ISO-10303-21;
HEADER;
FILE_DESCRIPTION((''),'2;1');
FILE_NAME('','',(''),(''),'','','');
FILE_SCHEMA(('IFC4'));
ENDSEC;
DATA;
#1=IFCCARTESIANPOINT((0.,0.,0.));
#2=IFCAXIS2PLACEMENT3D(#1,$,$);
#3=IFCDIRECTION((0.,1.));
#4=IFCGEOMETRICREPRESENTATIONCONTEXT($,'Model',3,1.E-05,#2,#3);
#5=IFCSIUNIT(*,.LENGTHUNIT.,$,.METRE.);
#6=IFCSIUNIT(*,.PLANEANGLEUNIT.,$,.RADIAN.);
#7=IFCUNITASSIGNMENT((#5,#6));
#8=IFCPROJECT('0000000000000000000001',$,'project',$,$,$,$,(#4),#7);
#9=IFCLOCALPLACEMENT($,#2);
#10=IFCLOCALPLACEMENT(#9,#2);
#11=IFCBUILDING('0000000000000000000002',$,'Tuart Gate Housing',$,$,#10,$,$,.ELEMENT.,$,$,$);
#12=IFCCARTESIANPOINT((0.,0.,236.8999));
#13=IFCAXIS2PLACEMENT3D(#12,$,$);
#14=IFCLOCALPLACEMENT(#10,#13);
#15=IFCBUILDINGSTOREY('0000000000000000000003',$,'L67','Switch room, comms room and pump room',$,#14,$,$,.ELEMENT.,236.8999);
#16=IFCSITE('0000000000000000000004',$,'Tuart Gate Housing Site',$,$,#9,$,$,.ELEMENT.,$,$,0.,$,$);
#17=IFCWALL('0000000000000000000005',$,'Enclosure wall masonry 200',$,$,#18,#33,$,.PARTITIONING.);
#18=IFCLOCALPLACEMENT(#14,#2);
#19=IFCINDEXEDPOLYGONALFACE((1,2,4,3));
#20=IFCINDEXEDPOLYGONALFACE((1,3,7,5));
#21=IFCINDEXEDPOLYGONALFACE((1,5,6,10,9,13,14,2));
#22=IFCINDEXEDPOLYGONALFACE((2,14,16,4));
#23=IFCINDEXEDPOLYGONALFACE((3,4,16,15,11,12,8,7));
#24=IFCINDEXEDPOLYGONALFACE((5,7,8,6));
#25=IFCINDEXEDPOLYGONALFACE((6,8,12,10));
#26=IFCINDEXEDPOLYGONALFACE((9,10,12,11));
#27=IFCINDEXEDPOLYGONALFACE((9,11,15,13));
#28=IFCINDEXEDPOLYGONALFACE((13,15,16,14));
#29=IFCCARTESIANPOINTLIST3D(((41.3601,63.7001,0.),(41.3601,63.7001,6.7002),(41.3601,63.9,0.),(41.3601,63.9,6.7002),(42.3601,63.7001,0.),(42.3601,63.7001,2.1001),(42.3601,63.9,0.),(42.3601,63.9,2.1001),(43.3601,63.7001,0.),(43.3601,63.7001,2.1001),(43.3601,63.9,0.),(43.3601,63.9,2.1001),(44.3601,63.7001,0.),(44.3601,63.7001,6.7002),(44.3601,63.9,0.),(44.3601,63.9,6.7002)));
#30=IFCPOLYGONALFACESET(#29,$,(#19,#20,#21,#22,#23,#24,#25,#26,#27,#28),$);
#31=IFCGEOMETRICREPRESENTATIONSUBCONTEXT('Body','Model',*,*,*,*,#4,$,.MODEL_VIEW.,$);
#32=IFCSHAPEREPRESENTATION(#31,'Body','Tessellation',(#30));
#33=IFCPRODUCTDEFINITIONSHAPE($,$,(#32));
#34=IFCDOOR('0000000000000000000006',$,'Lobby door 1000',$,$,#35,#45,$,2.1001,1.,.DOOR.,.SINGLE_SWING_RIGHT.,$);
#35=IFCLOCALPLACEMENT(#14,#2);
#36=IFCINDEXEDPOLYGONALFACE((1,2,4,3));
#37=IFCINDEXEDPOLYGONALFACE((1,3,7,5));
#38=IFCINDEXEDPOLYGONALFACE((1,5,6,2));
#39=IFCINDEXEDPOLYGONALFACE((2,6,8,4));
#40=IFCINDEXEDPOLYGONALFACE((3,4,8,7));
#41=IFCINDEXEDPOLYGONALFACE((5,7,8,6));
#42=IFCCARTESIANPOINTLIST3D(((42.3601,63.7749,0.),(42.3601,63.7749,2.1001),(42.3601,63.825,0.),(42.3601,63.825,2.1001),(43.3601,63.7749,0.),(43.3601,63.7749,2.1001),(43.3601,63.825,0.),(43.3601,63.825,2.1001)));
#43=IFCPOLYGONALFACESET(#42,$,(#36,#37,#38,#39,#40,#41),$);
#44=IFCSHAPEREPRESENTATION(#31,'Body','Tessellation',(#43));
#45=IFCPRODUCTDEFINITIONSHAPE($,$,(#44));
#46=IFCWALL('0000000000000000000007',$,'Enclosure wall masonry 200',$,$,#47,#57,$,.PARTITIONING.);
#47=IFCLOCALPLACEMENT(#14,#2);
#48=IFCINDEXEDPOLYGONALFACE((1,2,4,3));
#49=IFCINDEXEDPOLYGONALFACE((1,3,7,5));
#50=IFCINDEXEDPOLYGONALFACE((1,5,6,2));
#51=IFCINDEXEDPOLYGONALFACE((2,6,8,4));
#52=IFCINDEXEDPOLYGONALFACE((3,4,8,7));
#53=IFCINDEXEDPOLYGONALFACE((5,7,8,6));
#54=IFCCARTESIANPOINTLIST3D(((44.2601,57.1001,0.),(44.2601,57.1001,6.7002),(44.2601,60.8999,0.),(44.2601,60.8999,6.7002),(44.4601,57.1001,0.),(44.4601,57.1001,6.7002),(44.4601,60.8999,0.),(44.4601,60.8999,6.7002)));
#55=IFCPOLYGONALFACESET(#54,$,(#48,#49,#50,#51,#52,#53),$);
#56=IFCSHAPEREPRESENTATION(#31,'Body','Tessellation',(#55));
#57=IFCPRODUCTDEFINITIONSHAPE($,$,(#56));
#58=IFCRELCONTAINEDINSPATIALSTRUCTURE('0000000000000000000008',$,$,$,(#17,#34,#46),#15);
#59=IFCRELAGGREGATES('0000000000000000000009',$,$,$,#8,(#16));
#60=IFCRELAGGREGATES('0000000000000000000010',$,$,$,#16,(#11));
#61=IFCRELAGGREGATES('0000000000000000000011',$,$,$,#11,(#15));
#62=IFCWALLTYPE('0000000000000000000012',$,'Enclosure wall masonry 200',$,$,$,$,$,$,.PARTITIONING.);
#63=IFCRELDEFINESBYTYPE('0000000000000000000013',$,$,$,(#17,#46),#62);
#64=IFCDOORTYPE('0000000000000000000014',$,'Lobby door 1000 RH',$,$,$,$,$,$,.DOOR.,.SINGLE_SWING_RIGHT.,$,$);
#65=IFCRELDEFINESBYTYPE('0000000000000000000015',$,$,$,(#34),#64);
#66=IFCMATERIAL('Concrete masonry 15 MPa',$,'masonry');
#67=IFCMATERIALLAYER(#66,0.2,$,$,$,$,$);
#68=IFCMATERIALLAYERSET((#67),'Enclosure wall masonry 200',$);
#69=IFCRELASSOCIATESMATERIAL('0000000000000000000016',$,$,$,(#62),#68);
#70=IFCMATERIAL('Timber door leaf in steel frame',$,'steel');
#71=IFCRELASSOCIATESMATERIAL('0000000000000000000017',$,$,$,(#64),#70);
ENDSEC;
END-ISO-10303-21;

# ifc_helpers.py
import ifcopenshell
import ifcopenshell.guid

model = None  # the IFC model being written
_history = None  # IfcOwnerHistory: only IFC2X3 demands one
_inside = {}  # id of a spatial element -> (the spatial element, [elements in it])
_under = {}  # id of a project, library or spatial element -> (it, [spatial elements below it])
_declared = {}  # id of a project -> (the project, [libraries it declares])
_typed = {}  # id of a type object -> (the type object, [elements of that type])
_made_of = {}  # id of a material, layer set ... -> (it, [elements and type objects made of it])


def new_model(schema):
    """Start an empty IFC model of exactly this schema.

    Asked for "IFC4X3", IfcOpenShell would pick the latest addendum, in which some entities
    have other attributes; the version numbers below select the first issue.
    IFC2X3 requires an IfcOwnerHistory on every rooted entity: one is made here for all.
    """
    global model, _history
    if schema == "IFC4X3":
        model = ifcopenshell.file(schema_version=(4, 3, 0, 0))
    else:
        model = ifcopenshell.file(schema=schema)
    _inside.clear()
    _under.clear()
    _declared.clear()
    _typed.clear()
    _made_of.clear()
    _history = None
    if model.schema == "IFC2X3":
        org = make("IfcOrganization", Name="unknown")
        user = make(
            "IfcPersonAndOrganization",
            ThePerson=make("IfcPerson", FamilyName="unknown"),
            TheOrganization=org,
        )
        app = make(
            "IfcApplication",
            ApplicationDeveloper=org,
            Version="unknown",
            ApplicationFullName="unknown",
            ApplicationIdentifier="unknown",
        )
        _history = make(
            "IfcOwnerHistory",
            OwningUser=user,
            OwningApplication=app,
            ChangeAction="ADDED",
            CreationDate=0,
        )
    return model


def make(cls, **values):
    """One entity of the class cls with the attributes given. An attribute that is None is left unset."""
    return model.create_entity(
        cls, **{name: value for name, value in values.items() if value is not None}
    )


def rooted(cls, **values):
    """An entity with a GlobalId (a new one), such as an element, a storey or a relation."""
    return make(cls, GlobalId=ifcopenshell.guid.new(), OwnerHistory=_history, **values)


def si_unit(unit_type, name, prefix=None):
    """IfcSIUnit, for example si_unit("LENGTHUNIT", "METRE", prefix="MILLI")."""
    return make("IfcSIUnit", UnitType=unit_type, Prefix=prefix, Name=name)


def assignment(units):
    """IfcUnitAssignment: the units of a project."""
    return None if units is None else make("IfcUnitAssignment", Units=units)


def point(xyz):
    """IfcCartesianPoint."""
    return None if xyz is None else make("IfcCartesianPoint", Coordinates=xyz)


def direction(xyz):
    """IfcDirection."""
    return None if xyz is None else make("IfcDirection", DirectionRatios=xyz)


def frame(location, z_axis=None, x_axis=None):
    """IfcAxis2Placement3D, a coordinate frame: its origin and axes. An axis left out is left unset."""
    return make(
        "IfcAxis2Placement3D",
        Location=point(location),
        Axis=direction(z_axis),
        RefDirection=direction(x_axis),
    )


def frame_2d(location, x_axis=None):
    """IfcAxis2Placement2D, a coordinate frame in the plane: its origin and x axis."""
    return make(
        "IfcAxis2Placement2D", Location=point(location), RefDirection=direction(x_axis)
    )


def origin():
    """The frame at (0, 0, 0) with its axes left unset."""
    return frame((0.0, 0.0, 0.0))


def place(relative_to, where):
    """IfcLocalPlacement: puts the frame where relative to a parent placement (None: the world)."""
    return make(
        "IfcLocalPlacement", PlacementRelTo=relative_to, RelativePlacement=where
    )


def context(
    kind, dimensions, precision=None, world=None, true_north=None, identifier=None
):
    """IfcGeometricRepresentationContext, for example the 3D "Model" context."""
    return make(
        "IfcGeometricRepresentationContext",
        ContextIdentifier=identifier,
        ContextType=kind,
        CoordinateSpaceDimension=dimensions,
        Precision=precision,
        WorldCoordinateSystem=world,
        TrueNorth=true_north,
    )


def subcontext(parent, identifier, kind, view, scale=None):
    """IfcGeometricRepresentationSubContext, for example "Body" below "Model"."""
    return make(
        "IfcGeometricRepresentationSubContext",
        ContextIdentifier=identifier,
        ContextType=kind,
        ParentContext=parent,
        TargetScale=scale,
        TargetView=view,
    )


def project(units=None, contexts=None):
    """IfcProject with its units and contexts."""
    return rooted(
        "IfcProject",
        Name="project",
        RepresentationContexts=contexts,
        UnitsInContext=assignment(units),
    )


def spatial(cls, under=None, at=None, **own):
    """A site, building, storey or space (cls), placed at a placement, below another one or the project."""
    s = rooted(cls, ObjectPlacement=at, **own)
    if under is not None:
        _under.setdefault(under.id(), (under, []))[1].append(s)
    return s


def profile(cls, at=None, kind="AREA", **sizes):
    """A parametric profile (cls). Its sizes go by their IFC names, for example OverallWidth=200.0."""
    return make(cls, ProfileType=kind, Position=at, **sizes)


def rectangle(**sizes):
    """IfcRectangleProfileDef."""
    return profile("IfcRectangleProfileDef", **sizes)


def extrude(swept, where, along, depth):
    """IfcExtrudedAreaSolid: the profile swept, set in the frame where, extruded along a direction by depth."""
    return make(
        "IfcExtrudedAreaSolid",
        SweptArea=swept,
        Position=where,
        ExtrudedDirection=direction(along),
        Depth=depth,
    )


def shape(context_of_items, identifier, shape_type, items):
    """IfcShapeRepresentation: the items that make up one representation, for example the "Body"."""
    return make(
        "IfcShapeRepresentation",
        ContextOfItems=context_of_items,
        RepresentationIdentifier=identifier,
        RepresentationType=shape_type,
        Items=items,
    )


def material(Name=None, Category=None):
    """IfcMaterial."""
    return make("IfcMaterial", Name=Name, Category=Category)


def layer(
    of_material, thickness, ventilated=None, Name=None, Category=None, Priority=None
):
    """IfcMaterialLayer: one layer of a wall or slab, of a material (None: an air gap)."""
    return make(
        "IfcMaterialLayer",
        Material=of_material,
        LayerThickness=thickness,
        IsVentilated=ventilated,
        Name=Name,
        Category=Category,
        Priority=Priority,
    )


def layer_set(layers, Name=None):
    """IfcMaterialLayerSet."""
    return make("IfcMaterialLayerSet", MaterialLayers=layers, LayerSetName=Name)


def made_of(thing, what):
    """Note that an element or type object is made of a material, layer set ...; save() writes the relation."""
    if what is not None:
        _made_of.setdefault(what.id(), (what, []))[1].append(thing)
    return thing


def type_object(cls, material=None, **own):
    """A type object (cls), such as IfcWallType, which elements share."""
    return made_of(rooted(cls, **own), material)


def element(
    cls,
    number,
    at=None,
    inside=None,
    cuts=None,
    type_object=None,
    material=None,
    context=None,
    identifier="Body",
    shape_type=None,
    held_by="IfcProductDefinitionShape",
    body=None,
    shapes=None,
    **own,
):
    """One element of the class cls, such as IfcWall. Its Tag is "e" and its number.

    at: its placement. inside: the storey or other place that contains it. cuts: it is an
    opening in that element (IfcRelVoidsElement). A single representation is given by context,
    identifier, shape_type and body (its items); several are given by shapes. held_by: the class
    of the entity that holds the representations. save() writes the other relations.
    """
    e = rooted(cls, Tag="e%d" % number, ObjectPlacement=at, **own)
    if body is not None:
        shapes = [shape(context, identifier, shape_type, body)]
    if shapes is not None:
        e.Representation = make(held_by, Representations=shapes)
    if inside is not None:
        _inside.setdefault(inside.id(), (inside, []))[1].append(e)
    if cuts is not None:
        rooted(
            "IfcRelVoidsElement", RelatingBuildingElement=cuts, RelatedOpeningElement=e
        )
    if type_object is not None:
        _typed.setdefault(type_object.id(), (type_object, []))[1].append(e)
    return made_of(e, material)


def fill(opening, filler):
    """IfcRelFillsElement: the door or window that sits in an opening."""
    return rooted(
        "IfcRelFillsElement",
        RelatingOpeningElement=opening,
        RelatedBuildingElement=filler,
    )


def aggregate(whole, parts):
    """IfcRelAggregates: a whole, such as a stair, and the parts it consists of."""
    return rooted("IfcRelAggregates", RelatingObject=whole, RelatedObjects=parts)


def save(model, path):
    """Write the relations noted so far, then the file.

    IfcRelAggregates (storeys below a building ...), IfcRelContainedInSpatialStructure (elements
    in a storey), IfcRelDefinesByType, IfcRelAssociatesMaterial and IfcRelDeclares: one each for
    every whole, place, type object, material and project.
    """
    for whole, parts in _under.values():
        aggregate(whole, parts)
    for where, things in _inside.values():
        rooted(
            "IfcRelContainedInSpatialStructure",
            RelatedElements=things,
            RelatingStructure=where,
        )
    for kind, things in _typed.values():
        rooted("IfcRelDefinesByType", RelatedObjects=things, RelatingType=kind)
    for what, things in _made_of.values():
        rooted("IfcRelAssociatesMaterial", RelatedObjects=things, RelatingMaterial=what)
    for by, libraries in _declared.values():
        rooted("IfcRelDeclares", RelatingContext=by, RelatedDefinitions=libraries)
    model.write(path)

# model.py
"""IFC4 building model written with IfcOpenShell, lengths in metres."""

from ifc_helpers import new_model, si_unit, direction, frame, frame_2d, origin, place, context, subcontext, project, spatial, rectangle, extrude, material, layer, layer_set, type_object, element, fill, save


model = new_model("IFC4")

# Units and contexts
model_context = context("Model", 3, precision=1e-05, world=origin(), true_north=direction((0.0, 1.0)))
body_context = subcontext(model_context, "Body", "Model", "MODEL_VIEW")
ifc_project = project(units=[si_unit("LENGTHUNIT", "METRE"), si_unit("PLANEANGLEUNIT", "RADIAN")], contexts=[model_context])

# Site, building, storey
site_placement = place(None, origin())
site = spatial("IfcSite", under=ifc_project, at=site_placement, Name="Tuart Gate Housing Site", CompositionType="ELEMENT", RefElevation=0.0)
building_placement = place(site_placement, origin())
building = spatial("IfcBuilding", under=site, at=building_placement, Name="Tuart Gate Housing", CompositionType="ELEMENT")
storey_placement = place(building_placement, frame((0.0, 0.0, 236.8999)))
storey = spatial("IfcBuildingStorey", under=building, at=storey_placement, Name="L67", Description="Switch room, comms room and pump room", CompositionType="ELEMENT", Elevation=236.8999)

# Shared definitions
ifc_material_1 = material(Name="Concrete masonry 15 MPa", Category="masonry")
ifc_layer_1 = layer(ifc_material_1, 0.2)
ifc_layer_set_1 = layer_set([ifc_layer_1], Name="Enclosure wall masonry 200")
wall_type_1 = type_object("IfcWallType", Name="Enclosure wall masonry 200", PredefinedType="PARTITIONING", material=ifc_layer_set_1)

# Wall, opening, door
wall_1_placement = place(storey_placement, frame((41.3601, 63.8, 0.0), z_axis=(0.0, 0.0, 1.0), x_axis=(1.0, 0.0, 0.0)))
wall_1 = element("IfcWall", 1, at=wall_1_placement, inside=storey, type_object=wall_type_1, Name="Enclosure wall masonry 200", PredefinedType="PARTITIONING", context=body_context, shape_type="SweptSolid", body=[
    extrude(rectangle(XDim=3.0, YDim=0.2, at=frame_2d((1.5, 0.0))), origin(), (0.0, 0.0, 1.0), 6.7002),
])
opening_1_placement = place(wall_1_placement, frame((1.0, 0.0, 0.0)))
opening_1 = element("IfcOpeningElement", 2, at=opening_1_placement, cuts=wall_1, PredefinedType="OPENING", context=body_context, shape_type="SweptSolid", body=[
    extrude(rectangle(XDim=1.0, YDim=2.1001, at=frame_2d((0.5, 1.05))), frame((0.0, 0.1099, 0.0), z_axis=(0.0, -1.0, 0.0), x_axis=(1.0, 0.0, 0.0)), (0.0, 0.0, 1.0), 0.22),
])
ifc_material_2 = material(Name="Timber door leaf in steel frame", Category="steel")
door_type_1 = type_object("IfcDoorType", Name="Lobby door 1000 RH", OperationType="SINGLE_SWING_RIGHT", PredefinedType="DOOR", material=ifc_material_2)
door_1_placement = place(opening_1_placement, origin())
door_1 = element("IfcDoor", 3, at=door_1_placement, inside=storey, type_object=door_type_1, Name="Lobby door 1000", OperationType="SINGLE_SWING_RIGHT", OverallHeight=2.1001, OverallWidth=1.0, PredefinedType="DOOR", context=body_context, shape_type="SweptSolid", body=[
    extrude(rectangle(XDim=1.0, YDim=2.1001, at=frame_2d((0.5, 1.05))), frame((0.0, 0.0249, 0.0), z_axis=(0.0, -1.0, 0.0), x_axis=(1.0, 0.0, 0.0)), (0.0, 0.0, 1.0), 0.05),
])
fill(opening_1, door_1)

# Wall
wall_2_placement = place(storey_placement, frame((44.3601, 57.1001, 0.0), z_axis=(0.0, 0.0, 1.0), x_axis=(0.0, 1.0, 0.0)))
element("IfcWall", 4, at=wall_2_placement, inside=storey, type_object=wall_type_1, Name="Enclosure wall masonry 200", PredefinedType="PARTITIONING", context=body_context, shape_type="SweptSolid", body=[
    extrude(rectangle(XDim=3.7998, YDim=0.2, at=frame_2d((1.8999, 0.0))), origin(), (0.0, 0.0, 1.0), 6.7002),
])

save(model, "model.ifc")
